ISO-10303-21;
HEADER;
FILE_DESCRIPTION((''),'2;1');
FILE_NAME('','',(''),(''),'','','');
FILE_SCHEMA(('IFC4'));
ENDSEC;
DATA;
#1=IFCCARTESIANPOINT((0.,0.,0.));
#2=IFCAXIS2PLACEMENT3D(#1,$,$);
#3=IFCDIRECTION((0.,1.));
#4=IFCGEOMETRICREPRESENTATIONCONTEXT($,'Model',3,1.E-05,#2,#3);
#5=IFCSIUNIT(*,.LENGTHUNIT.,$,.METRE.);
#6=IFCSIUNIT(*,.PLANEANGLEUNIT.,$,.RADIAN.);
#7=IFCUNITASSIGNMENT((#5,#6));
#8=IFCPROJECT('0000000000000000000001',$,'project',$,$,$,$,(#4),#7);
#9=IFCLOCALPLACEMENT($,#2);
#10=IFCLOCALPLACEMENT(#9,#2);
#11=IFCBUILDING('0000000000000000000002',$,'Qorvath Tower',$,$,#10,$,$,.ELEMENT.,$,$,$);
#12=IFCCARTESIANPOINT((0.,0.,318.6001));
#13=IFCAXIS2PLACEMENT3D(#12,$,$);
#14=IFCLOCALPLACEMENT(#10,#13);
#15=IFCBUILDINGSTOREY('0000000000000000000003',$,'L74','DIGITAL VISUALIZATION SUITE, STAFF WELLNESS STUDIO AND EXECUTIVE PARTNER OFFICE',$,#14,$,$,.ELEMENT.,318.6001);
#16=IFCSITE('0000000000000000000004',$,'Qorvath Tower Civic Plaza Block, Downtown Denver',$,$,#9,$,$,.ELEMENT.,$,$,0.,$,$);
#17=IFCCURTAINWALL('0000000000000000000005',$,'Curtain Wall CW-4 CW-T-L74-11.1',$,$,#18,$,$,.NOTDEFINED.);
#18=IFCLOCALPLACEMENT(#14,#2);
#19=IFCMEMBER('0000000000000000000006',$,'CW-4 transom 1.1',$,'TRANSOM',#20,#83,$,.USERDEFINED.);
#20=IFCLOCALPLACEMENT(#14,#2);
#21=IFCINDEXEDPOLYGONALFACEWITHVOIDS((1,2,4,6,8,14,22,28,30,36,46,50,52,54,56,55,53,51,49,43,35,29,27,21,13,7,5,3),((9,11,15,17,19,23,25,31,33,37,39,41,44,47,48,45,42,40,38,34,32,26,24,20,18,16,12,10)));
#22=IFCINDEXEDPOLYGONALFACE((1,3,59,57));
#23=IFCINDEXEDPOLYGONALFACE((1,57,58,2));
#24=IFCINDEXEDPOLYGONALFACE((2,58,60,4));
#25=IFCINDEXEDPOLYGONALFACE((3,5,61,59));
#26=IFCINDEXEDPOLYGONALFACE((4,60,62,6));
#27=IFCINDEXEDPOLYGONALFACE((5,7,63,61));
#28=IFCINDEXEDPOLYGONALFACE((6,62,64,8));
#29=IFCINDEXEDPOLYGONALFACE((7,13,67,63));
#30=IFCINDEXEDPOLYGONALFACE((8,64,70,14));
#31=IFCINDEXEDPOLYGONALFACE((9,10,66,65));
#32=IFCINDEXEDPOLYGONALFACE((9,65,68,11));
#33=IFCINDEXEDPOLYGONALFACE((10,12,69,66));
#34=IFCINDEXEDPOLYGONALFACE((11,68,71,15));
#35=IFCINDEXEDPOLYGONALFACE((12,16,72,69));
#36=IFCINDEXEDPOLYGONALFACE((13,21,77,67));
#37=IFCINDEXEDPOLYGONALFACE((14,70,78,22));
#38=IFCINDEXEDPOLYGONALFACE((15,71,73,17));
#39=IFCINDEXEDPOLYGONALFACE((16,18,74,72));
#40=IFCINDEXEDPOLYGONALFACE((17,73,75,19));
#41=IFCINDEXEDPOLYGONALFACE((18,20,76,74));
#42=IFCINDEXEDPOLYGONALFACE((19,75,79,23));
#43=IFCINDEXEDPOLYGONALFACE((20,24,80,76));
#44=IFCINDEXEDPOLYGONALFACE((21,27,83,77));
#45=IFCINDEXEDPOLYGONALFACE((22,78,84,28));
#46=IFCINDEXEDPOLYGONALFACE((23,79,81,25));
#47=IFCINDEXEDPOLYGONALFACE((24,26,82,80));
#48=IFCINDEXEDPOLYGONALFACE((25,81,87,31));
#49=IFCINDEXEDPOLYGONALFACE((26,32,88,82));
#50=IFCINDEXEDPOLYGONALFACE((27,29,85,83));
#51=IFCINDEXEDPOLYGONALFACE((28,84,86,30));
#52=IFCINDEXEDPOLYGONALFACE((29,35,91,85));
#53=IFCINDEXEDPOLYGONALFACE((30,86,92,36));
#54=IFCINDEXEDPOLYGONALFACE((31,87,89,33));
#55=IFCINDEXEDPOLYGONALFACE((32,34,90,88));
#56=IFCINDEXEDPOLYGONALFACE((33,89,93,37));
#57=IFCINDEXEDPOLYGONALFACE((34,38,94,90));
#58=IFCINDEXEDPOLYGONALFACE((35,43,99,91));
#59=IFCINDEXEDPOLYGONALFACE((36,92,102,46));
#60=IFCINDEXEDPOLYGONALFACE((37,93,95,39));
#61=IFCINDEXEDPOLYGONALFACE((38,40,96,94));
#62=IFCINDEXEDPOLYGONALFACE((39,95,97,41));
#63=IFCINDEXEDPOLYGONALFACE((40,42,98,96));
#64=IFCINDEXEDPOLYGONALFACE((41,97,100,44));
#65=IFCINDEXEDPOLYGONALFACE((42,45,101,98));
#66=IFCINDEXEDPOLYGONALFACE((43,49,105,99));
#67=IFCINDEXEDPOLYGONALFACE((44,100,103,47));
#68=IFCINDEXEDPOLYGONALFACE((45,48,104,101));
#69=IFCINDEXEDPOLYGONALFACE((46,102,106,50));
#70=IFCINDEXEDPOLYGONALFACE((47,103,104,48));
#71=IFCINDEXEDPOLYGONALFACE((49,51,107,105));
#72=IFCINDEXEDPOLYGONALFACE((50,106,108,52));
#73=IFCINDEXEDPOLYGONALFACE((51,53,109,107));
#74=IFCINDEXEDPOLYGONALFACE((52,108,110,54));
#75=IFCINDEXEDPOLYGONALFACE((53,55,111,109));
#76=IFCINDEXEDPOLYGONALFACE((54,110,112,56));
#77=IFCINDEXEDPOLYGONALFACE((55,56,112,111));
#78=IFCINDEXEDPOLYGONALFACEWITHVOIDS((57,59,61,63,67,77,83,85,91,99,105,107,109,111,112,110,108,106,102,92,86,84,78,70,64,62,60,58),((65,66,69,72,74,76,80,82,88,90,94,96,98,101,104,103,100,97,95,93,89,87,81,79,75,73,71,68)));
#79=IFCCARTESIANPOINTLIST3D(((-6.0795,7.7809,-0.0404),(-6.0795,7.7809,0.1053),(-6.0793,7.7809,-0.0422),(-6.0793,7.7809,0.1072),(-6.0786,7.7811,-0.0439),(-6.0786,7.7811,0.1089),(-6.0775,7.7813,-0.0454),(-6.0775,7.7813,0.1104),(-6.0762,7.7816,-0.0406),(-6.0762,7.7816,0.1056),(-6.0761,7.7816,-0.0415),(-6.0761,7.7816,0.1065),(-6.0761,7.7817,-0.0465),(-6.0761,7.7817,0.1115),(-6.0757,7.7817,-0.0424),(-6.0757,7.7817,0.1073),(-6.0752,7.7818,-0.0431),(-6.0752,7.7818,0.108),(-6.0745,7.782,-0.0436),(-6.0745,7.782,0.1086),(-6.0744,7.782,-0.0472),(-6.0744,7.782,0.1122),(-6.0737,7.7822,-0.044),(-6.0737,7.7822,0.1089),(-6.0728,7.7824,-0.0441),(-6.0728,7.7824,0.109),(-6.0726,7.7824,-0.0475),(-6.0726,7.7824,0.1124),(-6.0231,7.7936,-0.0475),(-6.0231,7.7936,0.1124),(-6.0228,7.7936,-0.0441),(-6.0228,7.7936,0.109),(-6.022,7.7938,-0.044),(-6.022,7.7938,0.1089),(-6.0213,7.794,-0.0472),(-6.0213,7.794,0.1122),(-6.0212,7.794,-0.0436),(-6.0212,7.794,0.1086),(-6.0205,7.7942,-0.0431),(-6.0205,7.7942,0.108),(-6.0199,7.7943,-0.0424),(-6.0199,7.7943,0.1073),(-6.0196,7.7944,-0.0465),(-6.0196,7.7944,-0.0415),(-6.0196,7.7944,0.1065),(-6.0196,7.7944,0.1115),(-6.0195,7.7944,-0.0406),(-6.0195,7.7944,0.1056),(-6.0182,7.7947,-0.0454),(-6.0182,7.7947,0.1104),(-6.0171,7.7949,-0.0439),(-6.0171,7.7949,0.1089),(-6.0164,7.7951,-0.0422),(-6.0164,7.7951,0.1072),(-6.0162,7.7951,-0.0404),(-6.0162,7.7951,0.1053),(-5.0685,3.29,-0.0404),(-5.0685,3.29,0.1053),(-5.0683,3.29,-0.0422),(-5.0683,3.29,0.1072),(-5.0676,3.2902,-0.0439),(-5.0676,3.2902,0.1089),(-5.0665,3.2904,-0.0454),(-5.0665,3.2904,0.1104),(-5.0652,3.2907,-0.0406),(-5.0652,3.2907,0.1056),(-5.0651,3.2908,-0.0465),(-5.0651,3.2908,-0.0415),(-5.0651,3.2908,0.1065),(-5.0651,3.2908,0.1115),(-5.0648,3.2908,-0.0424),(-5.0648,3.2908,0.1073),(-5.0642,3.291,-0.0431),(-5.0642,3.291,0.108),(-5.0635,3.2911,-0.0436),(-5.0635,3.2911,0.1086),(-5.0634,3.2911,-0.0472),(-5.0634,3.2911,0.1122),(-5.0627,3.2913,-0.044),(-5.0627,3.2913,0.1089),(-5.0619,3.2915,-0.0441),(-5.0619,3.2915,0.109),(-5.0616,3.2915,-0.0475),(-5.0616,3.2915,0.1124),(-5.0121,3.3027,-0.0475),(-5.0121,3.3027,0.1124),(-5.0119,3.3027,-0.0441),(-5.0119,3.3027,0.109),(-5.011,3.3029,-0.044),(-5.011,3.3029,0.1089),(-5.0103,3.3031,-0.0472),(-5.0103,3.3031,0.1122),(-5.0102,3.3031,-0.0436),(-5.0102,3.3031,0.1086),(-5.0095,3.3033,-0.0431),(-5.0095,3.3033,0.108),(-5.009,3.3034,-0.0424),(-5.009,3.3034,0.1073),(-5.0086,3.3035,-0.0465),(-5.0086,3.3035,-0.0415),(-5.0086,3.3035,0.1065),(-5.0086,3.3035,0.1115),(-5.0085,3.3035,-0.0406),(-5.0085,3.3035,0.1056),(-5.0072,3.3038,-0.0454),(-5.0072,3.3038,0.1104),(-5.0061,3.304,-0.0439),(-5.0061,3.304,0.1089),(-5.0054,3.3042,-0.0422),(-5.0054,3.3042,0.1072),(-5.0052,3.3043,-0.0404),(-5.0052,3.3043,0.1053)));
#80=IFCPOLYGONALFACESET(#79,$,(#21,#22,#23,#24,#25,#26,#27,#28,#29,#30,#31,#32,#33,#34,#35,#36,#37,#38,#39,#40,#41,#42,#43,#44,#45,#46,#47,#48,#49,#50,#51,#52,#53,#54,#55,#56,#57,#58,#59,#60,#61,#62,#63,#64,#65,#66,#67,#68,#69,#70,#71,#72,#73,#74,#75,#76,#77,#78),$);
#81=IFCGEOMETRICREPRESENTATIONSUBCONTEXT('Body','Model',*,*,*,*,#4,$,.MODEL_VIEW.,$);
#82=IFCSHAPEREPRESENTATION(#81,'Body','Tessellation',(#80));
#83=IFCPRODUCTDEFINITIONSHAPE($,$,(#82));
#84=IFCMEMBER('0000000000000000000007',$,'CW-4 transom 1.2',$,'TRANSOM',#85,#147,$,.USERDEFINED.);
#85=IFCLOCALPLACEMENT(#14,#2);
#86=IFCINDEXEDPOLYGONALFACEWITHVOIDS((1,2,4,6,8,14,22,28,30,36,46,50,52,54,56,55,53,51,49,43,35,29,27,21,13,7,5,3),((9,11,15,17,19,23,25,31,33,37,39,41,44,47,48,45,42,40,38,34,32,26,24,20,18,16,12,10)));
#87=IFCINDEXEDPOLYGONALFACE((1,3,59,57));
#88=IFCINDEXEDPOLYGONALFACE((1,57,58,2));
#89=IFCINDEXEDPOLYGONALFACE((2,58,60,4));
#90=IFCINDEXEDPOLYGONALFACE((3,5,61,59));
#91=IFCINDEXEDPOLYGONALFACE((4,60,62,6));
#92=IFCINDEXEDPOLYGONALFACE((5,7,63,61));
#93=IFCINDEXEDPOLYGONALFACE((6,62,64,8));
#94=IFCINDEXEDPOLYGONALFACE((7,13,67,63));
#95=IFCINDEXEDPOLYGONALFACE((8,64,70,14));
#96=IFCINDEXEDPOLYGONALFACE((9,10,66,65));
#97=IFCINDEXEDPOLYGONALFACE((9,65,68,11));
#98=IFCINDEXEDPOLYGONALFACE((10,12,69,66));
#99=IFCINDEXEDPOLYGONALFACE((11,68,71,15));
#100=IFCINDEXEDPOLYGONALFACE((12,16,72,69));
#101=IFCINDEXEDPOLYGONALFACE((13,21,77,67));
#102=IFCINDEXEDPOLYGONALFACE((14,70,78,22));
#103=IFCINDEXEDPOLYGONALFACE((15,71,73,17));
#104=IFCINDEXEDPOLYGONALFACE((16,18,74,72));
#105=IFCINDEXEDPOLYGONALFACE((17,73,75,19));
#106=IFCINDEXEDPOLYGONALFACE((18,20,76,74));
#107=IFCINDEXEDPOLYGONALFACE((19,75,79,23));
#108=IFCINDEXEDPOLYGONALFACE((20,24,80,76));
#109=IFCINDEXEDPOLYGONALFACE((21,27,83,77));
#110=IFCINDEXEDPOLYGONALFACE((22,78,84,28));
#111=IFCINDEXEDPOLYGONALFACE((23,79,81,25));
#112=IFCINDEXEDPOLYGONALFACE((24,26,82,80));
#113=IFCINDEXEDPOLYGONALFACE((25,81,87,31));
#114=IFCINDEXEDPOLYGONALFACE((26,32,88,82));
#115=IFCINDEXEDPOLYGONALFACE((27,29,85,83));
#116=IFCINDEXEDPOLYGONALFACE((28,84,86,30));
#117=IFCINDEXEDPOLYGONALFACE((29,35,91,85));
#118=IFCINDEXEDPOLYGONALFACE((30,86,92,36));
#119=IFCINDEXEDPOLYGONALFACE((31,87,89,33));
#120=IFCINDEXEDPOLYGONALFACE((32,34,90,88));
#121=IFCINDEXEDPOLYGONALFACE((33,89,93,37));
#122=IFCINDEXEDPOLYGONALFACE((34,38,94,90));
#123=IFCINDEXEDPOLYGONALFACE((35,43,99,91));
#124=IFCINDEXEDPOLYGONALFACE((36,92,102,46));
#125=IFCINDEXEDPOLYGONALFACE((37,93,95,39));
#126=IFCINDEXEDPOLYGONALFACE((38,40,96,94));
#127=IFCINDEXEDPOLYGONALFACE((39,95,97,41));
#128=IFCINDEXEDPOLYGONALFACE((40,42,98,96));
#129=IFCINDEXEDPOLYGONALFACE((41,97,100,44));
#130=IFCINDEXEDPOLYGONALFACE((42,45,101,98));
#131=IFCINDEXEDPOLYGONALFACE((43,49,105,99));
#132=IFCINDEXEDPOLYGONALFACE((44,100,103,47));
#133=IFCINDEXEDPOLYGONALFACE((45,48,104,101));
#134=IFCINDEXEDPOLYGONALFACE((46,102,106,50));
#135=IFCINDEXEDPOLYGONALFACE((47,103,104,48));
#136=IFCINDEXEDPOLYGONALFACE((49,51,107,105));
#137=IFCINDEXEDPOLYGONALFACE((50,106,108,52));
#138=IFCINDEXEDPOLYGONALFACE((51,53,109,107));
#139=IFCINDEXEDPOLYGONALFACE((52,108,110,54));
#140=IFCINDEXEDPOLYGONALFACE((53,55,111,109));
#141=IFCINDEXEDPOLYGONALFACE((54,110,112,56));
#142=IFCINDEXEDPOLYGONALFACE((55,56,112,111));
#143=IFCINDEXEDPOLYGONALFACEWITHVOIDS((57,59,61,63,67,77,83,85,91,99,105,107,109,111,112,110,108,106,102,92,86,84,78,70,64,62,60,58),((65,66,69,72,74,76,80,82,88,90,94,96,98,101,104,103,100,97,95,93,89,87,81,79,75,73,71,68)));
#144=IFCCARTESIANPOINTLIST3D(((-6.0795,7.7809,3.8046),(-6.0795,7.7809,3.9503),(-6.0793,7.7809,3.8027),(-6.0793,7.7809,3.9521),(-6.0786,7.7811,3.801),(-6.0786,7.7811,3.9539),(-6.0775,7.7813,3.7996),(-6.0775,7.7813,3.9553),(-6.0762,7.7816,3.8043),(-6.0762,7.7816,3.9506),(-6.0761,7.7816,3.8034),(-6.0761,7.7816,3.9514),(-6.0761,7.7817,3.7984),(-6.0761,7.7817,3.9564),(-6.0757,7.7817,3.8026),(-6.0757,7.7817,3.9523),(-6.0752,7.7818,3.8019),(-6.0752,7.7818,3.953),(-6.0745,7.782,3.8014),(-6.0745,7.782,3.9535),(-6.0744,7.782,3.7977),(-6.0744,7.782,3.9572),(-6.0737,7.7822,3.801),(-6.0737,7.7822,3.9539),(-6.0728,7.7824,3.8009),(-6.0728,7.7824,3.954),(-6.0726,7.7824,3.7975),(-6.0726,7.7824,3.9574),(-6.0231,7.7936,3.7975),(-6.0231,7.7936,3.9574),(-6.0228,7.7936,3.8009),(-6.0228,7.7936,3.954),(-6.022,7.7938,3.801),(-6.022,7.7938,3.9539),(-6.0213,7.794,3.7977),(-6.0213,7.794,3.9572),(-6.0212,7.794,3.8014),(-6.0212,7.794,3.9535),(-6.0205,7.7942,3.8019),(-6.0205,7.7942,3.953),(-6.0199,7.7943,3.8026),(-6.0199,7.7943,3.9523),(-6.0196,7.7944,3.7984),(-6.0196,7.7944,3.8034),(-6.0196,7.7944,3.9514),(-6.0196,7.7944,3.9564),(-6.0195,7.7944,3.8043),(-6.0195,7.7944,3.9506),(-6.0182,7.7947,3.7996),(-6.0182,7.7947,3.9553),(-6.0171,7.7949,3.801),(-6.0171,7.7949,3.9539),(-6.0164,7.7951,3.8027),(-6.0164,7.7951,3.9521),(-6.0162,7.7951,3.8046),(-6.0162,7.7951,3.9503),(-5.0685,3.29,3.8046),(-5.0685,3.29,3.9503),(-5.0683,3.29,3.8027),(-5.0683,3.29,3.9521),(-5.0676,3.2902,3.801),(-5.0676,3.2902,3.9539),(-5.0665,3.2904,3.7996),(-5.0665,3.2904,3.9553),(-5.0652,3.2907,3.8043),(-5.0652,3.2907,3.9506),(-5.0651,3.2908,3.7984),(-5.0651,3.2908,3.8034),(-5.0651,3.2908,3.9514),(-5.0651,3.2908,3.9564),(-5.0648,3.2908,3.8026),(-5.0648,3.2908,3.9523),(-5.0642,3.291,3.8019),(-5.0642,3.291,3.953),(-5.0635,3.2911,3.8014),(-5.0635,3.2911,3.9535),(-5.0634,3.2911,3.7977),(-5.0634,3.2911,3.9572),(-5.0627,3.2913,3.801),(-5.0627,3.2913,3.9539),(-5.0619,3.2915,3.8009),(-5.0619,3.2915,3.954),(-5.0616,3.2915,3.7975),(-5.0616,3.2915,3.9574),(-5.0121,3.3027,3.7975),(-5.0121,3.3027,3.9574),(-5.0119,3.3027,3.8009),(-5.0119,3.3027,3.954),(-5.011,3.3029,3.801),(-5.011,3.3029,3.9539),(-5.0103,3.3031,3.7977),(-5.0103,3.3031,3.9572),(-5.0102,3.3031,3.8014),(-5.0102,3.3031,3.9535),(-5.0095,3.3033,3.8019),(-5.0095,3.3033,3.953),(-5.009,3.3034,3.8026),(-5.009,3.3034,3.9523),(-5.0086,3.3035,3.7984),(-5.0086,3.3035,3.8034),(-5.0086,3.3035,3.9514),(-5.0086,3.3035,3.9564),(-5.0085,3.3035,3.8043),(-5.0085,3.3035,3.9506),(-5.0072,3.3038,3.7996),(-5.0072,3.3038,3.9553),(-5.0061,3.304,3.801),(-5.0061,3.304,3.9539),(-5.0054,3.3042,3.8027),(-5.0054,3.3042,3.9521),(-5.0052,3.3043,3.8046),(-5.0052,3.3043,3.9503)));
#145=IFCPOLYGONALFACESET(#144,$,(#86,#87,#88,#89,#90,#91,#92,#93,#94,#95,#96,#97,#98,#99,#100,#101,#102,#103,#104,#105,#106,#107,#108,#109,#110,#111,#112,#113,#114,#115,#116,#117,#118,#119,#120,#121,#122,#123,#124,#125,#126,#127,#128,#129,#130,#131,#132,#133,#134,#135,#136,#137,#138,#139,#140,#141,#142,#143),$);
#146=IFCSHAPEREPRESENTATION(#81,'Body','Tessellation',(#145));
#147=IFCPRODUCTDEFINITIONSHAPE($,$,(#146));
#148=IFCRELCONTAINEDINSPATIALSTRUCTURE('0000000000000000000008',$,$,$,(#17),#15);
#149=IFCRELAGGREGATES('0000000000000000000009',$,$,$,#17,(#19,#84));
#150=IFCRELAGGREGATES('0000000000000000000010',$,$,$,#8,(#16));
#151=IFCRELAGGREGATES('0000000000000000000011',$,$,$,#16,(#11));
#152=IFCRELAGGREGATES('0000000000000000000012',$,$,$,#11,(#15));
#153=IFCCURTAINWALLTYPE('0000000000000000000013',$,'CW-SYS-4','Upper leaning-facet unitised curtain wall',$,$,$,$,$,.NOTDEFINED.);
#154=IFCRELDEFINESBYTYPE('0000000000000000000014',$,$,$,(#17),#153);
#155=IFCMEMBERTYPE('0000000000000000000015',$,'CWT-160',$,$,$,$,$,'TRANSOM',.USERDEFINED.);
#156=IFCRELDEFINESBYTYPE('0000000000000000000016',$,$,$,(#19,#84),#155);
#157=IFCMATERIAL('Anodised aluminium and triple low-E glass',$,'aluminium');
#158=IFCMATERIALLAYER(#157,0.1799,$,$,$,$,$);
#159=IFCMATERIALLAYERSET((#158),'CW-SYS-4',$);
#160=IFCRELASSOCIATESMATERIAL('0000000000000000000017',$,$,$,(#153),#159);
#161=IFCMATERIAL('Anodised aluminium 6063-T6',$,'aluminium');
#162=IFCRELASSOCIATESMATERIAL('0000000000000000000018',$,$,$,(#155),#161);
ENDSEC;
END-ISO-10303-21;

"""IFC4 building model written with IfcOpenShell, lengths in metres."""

from ifc_helpers import new_model, si_unit, direction, frame, origin, origin_2d, place, context, subcontext, project, spatial, hollow_rectangle, extrude, material, layer, layer_set, material_profile, profile_set, type_object, element, aggregate, save


model = new_model("IFC4")

# Units and contexts
model_context = context("Model", 3, precision=1e-05, world=origin(), true_north=direction((0.0, 1.0)))
body_context = subcontext(model_context, "Body", "Model", "MODEL_VIEW")
ifc_project = project(units=[si_unit("LENGTHUNIT", "METRE"), si_unit("PLANEANGLEUNIT", "RADIAN")], contexts=[model_context])

# Site, building, storey
site_placement = place(None, origin())
site = spatial("IfcSite", under=ifc_project, at=site_placement, Name="Qorvath Tower Civic Plaza Block, Downtown Denver", CompositionType="ELEMENT", RefElevation=0.0)
building_placement = place(site_placement, origin())
building = spatial("IfcBuilding", under=site, at=building_placement, Name="Qorvath Tower", CompositionType="ELEMENT")
storey_placement = place(building_placement, frame((0.0, 0.0, 318.6001)))
storey = spatial("IfcBuildingStorey", under=building, at=storey_placement, Name="L74", Description="DIGITAL VISUALIZATION SUITE, STAFF WELLNESS STUDIO AND EXECUTIVE PARTNER OFFICE", CompositionType="ELEMENT", Elevation=318.6001)

# Curtain wall
ifc_material_1 = material(Name="Anodised aluminium and triple low-E glass", Category="aluminium")
ifc_layer_1 = layer(ifc_material_1, 0.1799)
ifc_layer_set_1 = layer_set([ifc_layer_1], Name="CW-SYS-4")
curtain_wall_type = type_object("IfcCurtainWallType", Name="CW-SYS-4", Description="Upper leaning-facet unitised curtain wall", PredefinedType="NOTDEFINED", material=ifc_layer_set_1)
curtain_wall_1_placement = place(storey_placement, origin())
curtain_wall_1 = element("IfcCurtainWall", 1, at=curtain_wall_1_placement, inside=storey, type_object=curtain_wall_type, Name="Curtain Wall CW-4 CW-T-L74-11.1", PredefinedType="NOTDEFINED")

# Members
ifc_material_2 = material(Name="Anodised aluminium 6063-T6", Category="aluminium")
ifc_material_profile_1 = material_profile(ifc_material_2, hollow_rectangle(XDim=0.0649, YDim=0.1599, WallThickness=0.0034, InnerFilletRadius=0.0034, OuterFilletRadius=0.0071, at=origin_2d()), Name="CWT 160x65")
ifc_profile_set_1 = profile_set([ifc_material_profile_1], Name="Anodised aluminium 6063-T6")
member_type_1 = type_object("IfcMemberType", Name="CWT-160", ElementType="TRANSOM", PredefinedType="USERDEFINED", material=ifc_profile_set_1)
member_1_placement = place(storey_placement, frame((-5.0369, 3.2971, 0.0325), z_axis=(-0.219619, 0.975586, 0.0), x_axis=(-0.975586, -0.219619, 0.0)))
member_1 = element("IfcMember", 2, at=member_1_placement, type_object=member_type_1, Name="CW-4 transom 1.1", ObjectType="TRANSOM", PredefinedType="USERDEFINED", context=body_context, shape_type="SweptSolid", body=[
    extrude(hollow_rectangle(XDim=0.0649, YDim=0.1599, WallThickness=0.0034, InnerFilletRadius=0.0034, OuterFilletRadius=0.0071, at=origin_2d()), origin(), (0.0, 0.0, 1.0), 4.6033),
])
member_2_placement = place(storey_placement, frame((-5.0369, 3.2971, 3.8774), z_axis=(-0.219619, 0.975586, 0.0), x_axis=(-0.975586, -0.219619, 0.0)))
member_2 = element("IfcMember", 3, at=member_2_placement, type_object=member_type_1, Name="CW-4 transom 1.2", ObjectType="TRANSOM", PredefinedType="USERDEFINED", context=body_context, shape_type="SweptSolid", body=[
    extrude(hollow_rectangle(XDim=0.0649, YDim=0.1599, WallThickness=0.0034, InnerFilletRadius=0.0034, OuterFilletRadius=0.0071, at=origin_2d()), origin(), (0.0, 0.0, 1.0), 4.6033),
])

aggregate(curtain_wall_1, [member_1, member_2])

save(model, "model.ifc")
